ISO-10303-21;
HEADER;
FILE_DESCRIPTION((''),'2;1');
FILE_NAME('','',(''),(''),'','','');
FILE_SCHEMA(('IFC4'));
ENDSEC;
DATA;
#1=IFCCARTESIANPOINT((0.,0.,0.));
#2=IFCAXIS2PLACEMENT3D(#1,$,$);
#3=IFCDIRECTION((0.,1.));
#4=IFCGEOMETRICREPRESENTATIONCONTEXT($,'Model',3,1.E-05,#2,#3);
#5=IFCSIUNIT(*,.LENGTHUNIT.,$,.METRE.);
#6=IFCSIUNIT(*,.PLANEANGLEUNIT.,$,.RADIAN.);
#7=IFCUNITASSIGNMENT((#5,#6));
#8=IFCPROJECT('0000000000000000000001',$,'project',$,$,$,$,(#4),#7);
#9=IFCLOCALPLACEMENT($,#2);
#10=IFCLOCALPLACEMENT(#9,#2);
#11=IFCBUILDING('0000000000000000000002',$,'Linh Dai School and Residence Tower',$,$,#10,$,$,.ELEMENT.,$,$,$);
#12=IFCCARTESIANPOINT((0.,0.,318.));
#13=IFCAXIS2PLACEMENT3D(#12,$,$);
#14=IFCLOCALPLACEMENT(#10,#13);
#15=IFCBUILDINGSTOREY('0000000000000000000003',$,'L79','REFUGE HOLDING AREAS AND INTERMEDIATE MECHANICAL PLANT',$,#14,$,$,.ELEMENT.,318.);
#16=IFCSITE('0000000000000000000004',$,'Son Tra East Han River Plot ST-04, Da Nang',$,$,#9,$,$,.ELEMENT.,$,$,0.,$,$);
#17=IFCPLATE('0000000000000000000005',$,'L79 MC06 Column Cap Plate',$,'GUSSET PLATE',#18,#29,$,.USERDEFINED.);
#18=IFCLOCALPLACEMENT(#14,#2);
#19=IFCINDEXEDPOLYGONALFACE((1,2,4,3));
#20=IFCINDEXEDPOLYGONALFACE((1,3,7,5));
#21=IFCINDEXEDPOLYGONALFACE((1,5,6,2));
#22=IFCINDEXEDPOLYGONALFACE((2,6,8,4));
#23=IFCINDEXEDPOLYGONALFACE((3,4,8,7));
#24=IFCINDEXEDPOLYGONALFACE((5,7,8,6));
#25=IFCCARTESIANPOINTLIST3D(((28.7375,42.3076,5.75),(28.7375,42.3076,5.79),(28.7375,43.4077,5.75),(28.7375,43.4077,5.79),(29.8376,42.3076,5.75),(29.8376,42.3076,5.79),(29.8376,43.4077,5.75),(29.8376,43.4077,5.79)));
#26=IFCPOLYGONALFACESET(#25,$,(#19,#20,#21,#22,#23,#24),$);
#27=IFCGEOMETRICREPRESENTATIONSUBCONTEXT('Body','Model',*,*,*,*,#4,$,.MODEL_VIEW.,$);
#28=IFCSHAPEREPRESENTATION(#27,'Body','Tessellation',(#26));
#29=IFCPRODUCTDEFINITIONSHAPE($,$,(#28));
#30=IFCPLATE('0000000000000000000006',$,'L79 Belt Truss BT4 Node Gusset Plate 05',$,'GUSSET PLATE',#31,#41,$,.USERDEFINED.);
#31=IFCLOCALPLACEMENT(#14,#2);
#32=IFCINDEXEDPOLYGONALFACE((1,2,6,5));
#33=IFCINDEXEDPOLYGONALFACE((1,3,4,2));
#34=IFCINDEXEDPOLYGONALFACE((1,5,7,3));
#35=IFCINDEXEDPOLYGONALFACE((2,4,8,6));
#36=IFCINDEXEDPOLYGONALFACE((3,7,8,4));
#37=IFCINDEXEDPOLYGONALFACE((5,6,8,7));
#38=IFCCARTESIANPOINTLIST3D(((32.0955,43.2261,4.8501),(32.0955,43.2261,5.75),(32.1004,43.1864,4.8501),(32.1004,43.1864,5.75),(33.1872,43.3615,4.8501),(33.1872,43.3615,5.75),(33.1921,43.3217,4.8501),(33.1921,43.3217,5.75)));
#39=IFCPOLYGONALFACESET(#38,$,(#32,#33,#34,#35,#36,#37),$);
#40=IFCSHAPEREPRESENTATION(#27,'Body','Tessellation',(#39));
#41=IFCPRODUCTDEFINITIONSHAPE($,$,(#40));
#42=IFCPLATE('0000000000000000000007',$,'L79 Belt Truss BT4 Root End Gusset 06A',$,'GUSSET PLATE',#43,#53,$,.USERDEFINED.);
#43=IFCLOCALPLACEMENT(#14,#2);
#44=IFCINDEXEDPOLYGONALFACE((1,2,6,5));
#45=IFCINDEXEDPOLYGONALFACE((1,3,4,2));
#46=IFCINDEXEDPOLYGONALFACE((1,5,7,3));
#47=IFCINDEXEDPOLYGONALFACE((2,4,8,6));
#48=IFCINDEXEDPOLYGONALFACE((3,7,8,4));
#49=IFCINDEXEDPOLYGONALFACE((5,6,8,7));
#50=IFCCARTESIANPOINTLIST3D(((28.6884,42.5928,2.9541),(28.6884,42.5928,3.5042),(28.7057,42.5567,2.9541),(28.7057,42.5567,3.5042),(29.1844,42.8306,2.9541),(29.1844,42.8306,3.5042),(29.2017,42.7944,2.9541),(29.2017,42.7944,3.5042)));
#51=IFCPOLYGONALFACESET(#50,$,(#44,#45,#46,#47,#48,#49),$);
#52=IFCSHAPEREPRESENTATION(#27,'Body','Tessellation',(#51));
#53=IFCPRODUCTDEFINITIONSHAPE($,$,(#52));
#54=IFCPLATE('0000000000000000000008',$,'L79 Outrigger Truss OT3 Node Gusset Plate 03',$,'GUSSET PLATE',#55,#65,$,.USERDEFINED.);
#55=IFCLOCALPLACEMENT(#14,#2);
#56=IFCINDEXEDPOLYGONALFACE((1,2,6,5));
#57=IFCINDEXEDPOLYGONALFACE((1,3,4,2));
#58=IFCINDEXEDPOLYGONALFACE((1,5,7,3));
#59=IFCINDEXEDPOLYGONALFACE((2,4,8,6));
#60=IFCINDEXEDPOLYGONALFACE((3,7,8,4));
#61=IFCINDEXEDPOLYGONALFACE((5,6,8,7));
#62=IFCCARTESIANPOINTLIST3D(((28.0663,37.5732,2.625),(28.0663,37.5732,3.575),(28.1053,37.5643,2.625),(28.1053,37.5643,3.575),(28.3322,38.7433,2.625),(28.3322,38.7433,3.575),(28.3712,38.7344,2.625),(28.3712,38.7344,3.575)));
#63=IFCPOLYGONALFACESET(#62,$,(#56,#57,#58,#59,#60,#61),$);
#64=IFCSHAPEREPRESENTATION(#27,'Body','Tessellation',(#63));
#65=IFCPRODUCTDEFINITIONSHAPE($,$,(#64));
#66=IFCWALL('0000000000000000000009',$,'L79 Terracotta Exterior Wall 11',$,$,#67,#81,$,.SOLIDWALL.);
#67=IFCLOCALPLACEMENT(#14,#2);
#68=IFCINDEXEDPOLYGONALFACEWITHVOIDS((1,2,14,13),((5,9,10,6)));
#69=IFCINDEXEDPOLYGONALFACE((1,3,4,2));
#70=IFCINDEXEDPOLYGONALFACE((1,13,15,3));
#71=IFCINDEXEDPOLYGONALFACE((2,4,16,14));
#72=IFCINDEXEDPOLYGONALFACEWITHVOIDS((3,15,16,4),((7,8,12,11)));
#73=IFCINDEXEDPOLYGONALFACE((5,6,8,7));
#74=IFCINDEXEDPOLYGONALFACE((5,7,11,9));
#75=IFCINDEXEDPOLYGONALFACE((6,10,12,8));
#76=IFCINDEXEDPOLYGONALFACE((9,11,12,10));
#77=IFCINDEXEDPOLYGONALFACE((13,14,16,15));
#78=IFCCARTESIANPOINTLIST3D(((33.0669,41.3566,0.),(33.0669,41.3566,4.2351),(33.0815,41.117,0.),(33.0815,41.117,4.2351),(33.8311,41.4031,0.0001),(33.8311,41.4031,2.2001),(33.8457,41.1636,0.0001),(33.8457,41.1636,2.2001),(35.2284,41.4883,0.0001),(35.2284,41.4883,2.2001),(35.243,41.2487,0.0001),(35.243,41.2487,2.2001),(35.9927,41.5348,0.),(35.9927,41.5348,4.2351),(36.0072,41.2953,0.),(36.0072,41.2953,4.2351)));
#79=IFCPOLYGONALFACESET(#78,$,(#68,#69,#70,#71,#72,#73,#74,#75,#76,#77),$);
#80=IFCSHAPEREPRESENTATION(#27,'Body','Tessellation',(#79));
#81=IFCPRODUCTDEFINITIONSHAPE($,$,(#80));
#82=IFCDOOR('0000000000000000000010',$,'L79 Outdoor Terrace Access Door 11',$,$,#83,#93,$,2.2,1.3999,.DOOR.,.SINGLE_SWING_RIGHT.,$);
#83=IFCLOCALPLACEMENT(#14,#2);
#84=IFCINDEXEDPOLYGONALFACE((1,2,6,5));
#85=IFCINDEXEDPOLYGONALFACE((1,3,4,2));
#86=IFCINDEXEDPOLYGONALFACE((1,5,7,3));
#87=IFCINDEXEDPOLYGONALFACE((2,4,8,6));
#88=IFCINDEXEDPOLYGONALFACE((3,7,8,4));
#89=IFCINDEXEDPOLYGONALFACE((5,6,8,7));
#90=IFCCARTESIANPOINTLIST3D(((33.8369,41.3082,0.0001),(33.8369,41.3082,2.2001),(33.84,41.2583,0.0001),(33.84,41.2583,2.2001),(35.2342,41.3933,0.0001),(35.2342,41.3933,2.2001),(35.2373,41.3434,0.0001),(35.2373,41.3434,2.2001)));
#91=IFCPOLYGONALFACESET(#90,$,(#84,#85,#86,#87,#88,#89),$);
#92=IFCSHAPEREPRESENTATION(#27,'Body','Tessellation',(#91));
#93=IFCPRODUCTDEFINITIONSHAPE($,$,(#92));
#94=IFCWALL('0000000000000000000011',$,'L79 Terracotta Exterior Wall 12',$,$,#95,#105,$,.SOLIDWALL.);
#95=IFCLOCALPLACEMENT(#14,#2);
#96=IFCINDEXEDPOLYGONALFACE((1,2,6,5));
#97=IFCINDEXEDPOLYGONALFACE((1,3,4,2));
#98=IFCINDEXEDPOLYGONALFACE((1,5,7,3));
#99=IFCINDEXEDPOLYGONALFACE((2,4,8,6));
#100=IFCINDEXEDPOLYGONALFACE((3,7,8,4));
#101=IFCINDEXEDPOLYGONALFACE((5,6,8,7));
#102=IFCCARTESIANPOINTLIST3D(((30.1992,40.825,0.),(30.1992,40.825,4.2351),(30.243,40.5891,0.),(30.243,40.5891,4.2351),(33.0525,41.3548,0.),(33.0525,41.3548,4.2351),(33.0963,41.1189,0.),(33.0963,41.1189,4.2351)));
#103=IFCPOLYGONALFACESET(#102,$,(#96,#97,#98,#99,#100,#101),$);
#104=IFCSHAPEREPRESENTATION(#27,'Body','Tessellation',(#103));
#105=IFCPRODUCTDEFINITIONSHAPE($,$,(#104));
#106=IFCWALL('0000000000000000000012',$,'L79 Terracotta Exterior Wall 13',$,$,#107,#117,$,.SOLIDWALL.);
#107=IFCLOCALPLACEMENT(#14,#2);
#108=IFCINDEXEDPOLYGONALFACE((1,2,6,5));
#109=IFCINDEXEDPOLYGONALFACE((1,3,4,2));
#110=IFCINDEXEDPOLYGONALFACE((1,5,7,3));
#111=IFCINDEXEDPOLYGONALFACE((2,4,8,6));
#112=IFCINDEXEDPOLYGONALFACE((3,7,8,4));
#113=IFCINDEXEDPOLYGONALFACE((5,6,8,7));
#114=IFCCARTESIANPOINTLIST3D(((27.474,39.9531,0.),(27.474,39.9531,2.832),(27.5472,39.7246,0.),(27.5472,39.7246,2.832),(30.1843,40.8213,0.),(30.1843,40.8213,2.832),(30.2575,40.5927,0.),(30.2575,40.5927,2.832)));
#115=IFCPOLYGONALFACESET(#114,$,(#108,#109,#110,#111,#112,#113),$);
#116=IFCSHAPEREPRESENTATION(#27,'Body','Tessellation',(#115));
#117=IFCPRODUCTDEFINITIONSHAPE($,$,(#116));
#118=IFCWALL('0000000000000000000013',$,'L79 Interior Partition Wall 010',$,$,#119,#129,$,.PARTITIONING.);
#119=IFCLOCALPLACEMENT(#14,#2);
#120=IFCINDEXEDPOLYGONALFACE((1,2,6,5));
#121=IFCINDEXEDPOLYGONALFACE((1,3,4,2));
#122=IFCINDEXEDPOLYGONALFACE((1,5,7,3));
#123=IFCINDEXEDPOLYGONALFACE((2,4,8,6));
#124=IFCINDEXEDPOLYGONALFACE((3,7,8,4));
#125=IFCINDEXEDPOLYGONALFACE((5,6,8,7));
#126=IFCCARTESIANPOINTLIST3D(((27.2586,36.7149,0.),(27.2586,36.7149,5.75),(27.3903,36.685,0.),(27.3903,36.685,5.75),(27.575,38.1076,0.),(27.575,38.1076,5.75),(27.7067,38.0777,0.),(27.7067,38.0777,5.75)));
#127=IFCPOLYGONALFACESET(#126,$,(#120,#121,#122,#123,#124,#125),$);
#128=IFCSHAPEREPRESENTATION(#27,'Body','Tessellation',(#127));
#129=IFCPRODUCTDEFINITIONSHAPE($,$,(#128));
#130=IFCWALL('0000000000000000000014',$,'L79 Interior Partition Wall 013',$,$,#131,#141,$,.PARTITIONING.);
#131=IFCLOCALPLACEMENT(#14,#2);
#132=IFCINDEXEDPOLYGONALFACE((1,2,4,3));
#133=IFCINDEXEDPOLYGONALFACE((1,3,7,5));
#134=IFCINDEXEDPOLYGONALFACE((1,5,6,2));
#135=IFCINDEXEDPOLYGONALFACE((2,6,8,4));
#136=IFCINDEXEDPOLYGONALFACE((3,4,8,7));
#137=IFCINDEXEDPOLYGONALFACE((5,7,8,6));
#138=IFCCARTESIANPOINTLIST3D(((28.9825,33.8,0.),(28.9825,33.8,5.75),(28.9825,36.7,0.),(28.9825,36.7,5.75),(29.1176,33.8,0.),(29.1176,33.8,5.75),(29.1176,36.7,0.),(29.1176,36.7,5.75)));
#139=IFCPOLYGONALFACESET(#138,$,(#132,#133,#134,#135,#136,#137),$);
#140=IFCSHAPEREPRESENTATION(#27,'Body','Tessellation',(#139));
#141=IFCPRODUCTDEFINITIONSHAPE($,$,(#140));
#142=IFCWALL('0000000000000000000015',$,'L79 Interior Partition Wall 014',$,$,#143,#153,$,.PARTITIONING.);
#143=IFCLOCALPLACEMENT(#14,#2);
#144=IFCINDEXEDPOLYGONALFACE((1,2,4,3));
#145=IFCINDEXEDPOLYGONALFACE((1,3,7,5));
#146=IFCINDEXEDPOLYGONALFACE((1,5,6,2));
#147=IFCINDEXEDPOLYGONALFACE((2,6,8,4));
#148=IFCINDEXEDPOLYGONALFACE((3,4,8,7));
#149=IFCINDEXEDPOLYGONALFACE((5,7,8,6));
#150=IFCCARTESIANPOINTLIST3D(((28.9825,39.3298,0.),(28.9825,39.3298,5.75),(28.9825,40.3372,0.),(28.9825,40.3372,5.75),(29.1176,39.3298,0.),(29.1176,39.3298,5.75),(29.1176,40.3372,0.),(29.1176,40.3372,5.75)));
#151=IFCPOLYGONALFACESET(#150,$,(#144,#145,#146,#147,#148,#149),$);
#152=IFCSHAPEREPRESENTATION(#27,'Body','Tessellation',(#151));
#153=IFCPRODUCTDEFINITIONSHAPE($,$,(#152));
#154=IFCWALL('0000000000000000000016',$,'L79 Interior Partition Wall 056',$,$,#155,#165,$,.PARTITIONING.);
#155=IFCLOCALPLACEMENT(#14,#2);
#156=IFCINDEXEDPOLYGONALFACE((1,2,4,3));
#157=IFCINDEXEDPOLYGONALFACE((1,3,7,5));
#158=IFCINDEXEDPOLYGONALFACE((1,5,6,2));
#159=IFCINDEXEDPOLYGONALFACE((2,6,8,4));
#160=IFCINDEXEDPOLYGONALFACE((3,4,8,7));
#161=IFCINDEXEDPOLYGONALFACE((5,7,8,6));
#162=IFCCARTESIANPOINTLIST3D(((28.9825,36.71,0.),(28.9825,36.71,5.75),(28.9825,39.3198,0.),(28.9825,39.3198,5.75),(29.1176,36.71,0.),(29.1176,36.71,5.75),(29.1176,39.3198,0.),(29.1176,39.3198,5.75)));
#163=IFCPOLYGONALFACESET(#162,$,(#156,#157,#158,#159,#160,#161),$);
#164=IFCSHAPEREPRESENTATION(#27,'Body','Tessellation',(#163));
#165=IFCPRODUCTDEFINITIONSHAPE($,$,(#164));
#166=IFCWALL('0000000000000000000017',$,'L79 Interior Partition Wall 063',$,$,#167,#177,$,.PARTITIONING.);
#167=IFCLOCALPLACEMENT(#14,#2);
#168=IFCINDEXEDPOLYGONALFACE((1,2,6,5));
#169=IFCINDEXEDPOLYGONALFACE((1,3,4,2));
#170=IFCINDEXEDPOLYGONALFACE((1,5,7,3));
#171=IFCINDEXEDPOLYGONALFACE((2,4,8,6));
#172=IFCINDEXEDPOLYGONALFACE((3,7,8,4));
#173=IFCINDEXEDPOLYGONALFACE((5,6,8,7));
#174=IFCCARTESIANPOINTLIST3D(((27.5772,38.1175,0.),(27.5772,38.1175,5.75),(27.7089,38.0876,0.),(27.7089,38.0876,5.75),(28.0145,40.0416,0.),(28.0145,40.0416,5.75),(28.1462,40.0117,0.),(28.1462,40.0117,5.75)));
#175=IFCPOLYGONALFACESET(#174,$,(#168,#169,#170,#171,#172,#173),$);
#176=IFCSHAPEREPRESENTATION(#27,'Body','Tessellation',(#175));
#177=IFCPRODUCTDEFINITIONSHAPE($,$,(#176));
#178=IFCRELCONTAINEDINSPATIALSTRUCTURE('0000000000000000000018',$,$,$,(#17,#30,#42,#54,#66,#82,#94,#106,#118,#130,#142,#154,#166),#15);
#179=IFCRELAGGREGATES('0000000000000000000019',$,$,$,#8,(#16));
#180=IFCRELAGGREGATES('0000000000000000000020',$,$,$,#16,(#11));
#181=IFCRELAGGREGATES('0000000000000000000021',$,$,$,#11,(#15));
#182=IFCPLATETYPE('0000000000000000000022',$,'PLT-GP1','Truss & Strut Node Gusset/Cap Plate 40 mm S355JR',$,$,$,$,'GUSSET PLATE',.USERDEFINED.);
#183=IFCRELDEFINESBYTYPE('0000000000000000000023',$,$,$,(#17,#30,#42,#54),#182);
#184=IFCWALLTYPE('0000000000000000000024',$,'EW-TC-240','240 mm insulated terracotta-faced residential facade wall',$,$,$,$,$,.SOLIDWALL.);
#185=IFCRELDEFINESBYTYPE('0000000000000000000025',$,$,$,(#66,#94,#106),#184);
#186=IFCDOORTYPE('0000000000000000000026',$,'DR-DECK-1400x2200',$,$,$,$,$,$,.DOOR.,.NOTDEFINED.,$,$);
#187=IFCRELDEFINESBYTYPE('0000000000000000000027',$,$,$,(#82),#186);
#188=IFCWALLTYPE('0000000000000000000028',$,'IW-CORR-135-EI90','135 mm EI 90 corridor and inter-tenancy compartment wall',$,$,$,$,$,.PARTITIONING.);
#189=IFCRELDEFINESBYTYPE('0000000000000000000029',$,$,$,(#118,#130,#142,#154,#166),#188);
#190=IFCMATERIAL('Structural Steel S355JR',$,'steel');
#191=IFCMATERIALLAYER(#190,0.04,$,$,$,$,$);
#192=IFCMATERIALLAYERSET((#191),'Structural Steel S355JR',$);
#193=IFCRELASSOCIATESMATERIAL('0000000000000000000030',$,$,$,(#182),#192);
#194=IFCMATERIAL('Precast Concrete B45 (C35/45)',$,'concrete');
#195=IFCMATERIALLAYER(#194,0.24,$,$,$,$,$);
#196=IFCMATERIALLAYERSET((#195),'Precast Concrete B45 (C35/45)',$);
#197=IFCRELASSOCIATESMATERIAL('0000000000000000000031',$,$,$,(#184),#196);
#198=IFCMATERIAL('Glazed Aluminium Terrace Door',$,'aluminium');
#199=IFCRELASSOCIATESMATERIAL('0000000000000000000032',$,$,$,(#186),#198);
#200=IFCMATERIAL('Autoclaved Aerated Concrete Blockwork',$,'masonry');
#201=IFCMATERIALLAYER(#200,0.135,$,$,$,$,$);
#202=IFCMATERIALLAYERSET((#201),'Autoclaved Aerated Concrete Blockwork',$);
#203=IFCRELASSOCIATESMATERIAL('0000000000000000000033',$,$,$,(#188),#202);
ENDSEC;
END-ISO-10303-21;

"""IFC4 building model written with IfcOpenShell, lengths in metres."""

from ifc_helpers import new_model, si_unit, direction, frame, frame_2d, origin, origin_2d, place, context, subcontext, project, spatial, rectangle, extrude, source, transform, mapped, material, layer, layer_set, type_object, element, fill, save


model = new_model("IFC4")

# Units and contexts
model_context = context("Model", 3, precision=1e-05, world=origin(), true_north=direction((0.0, 1.0)))
body_context = subcontext(model_context, "Body", "Model", "MODEL_VIEW")
ifc_project = project(units=[si_unit("LENGTHUNIT", "METRE"), si_unit("PLANEANGLEUNIT", "RADIAN")], contexts=[model_context])

# Site, building, storey
site_placement = place(None, origin())
site = spatial("IfcSite", under=ifc_project, at=site_placement, Name="Son Tra East Han River Plot ST-04, Da Nang", CompositionType="ELEMENT", RefElevation=0.0)
building_placement = place(site_placement, origin())
building = spatial("IfcBuilding", under=site, at=building_placement, Name="Linh Dai School and Residence Tower", CompositionType="ELEMENT")
storey_placement = place(building_placement, frame((0.0, 0.0, 318.0)))
storey = spatial("IfcBuildingStorey", under=building, at=storey_placement, Name="L79", Description="REFUGE HOLDING AREAS AND INTERMEDIATE MECHANICAL PLANT", CompositionType="ELEMENT", Elevation=318.0)

# Shared definitions
ifc_material_1 = material(Name="Structural Steel S355JR", Category="steel")

# Plates
ifc_layer_1 = layer(ifc_material_1, 0.04)
ifc_layer_set_1 = layer_set([ifc_layer_1], Name="Structural Steel S355JR")
plate_type = type_object("IfcPlateType", Name="PLT-GP1", Description="Truss & Strut Node Gusset/Cap Plate 40 mm S355JR", ElementType="GUSSET PLATE", PredefinedType="USERDEFINED", material=ifc_layer_set_1)
shared_shape_1 = source(origin(), body_context, "Body", "SweptSolid", [
    extrude(rectangle(XDim=1.1001, YDim=1.1001, at=origin_2d()), origin(), (0.0, 0.0, 1.0), 0.04),
])
plate_1_placement = place(storey_placement, frame((29.2876, 42.8577, 5.75), z_axis=(0.0, 0.0, 1.0), x_axis=(1.0, 0.0, 0.0)))
element("IfcPlate", 1, at=plate_1_placement, inside=storey, type_object=plate_type, Name="L79 MC06 Column Cap Plate", ObjectType="GUSSET PLATE", PredefinedType="USERDEFINED", context=body_context, shape_type="MappedRepresentation", body=[
    mapped(shared_shape_1, transform((0.0, 0.0, 0.0), x_axis=(1.0, 0.0, 0.0), y_axis=(0.0, 1.0, 0.0), z_axis=(0.0, 0.0, 1.0), scale=1.0)),
])
shared_shape_2 = source(origin(), body_context, "Body", "SweptSolid", [
    extrude(rectangle(XDim=1.1001, YDim=0.04, at=origin_2d()), origin(), (0.0, 0.0, 1.0), 0.8999),
])
plate_2_placement = place(storey_placement, frame((32.6438, 43.2739, 4.8501), z_axis=(0.0, 0.0, 1.0), x_axis=(-0.992402, -0.123041, 0.0)))
element("IfcPlate", 2, at=plate_2_placement, inside=storey, type_object=plate_type, Name="L79 Belt Truss BT4 Node Gusset Plate 05", ObjectType="GUSSET PLATE", PredefinedType="USERDEFINED", context=body_context, shape_type="MappedRepresentation", body=[
    mapped(shared_shape_2, transform((0.0, 0.0, 0.0), x_axis=(1.0, 0.0, 0.0), y_axis=(0.0, 1.0, 0.0), z_axis=(0.0, 0.0, 1.0), scale=1.0)),
])
shared_shape_3 = source(origin(), body_context, "Body", "SweptSolid", [
    extrude(rectangle(XDim=0.55, YDim=0.04, at=origin_2d()), origin(), (0.0, 0.0, 1.0), 0.55),
])
plate_3_placement = place(storey_placement, frame((28.9451, 42.6936, 2.9541), z_axis=(0.0, 0.0, 1.0), x_axis=(-0.901726, -0.432308, 0.0)))
element("IfcPlate", 3, at=plate_3_placement, inside=storey, type_object=plate_type, Name="L79 Belt Truss BT4 Root End Gusset 06A", ObjectType="GUSSET PLATE", PredefinedType="USERDEFINED", context=body_context, shape_type="MappedRepresentation", body=[
    mapped(shared_shape_3, transform((0.0, 0.0, 0.0), x_axis=(1.0, 0.0, 0.0), y_axis=(0.0, 1.0, 0.0), z_axis=(0.0, 0.0, 1.0), scale=1.0)),
])
shared_shape_4 = source(origin(), body_context, "Body", "SweptSolid", [
    extrude(rectangle(XDim=1.2, YDim=0.04, at=origin_2d()), origin(), (0.0, 0.0, 1.0), 0.95),
])
plate_4_placement = place(storey_placement, frame((28.2188, 38.1538, 2.625), z_axis=(0.0, 0.0, 1.0), x_axis=(0.221569, 0.975145, 0.0)))
element("IfcPlate", 4, at=plate_4_placement, inside=storey, type_object=plate_type, Name="L79 Outrigger Truss OT3 Node Gusset Plate 03", ObjectType="GUSSET PLATE", PredefinedType="USERDEFINED", context=body_context, shape_type="MappedRepresentation", body=[
    mapped(shared_shape_4, transform((0.0, 0.0, 0.0), x_axis=(1.0, 0.0, 0.0), y_axis=(0.0, 1.0, 0.0), z_axis=(0.0, 0.0, 1.0), scale=1.0)),
])

# Wall, opening, door
ifc_material_2 = material(Name="Precast Concrete B45 (C35/45)", Category="concrete")
ifc_layer_2 = layer(ifc_material_2, 0.24)
ifc_layer_set_2 = layer_set([ifc_layer_2], Name="Precast Concrete B45 (C35/45)")
wall_type_1 = type_object("IfcWallType", Name="EW-TC-240", Description="240 mm insulated terracotta-faced residential facade wall", PredefinedType="SOLIDWALL", material=ifc_layer_set_2)
wall_1_placement = place(storey_placement, frame((33.0742, 41.2368, 0.0), z_axis=(0.0, 0.0, 1.0), x_axis=(0.99815, 0.060802, 0.0)))
wall_1 = element("IfcWall", 5, at=wall_1_placement, inside=storey, type_object=wall_type_1, Name="L79 Terracotta Exterior Wall 11", PredefinedType="SOLIDWALL", context=body_context, shape_type="SweptSolid", body=[
    extrude(rectangle(XDim=2.9312, YDim=0.24, at=frame_2d((1.4656, 0.0))), origin(), (0.0, 0.0, 1.0), 4.2351),
])
opening_1_placement = place(wall_1_placement, frame((0.7656, 0.0, 0.0)))
opening_1 = element("IfcOpeningElement", 6, at=opening_1_placement, cuts=wall_1, PredefinedType="OPENING", context=body_context, shape_type="SweptSolid", body=[
    extrude(rectangle(XDim=1.3999, YDim=2.2, at=origin_2d()), frame((0.7, 0.1299, 1.1001), z_axis=(0.0, -1.0, 0.0), x_axis=(1.0, 0.0, 0.0)), (0.0, 0.0, 1.0), 0.26),
])
ifc_material_3 = material(Name="Glazed Aluminium Terrace Door", Category="aluminium")
door_type_1 = type_object("IfcDoorType", Name="DR-DECK-1400x2200", OperationType="NOTDEFINED", PredefinedType="DOOR", material=ifc_material_3)
shared_shape_5 = source(origin(), body_context, "Body", "SweptSolid", [
    extrude(rectangle(XDim=1.3999, YDim=2.2, at=origin_2d()), frame((0.7, 0.0249, 1.1001), z_axis=(0.0, -1.0, 0.0), x_axis=(1.0, 0.0, 0.0)), (0.0, 0.0, 1.0), 0.05),
])
door_1_placement = place(opening_1_placement, origin())
door_1 = element("IfcDoor", 7, at=door_1_placement, inside=storey, type_object=door_type_1, Name="L79 Outdoor Terrace Access Door 11", OperationType="SINGLE_SWING_RIGHT", OverallHeight=2.2, OverallWidth=1.3999, PredefinedType="DOOR", context=body_context, shape_type="MappedRepresentation", body=[
    mapped(shared_shape_5, transform((0.0, 0.0, 0.0), x_axis=(1.0, 0.0, 0.0), y_axis=(0.0, 1.0, 0.0), z_axis=(0.0, 0.0, 1.0), scale=1.0)),
])
fill(opening_1, door_1)

# Walls
wall_2_placement = place(storey_placement, frame((30.2209, 40.707, 0.0), z_axis=(0.0, 0.0, 1.0), x_axis=(0.983195, 0.182556, 0.0)))
element("IfcWall", 8, at=wall_2_placement, inside=storey, type_object=wall_type_1, Name="L79 Terracotta Exterior Wall 12", PredefinedType="SOLIDWALL", context=body_context, shape_type="SweptSolid", body=[
    extrude(rectangle(XDim=2.9021, YDim=0.24, at=frame_2d((1.4512, 0.0))), origin(), (0.0, 0.0, 1.0), 4.2351),
])
wall_3_placement = place(storey_placement, frame((27.5107, 39.8389, 0.0), z_axis=(0.0, 0.0, 1.0), x_axis=(0.952332, 0.305062, 0.0)))
element("IfcWall", 9, at=wall_3_placement, inside=storey, type_object=wall_type_1, Name="L79 Terracotta Exterior Wall 13", PredefinedType="SOLIDWALL", context=body_context, shape_type="SweptSolid", body=[
    extrude(rectangle(XDim=2.8459, YDim=0.24, at=frame_2d((1.4229, 0.0))), origin(), (0.0, 0.0, 1.0), 2.832),
])
ifc_material_4 = material(Name="Autoclaved Aerated Concrete Blockwork", Category="masonry")
ifc_layer_3 = layer(ifc_material_4, 0.135)
ifc_layer_set_3 = layer_set([ifc_layer_3], Name="Autoclaved Aerated Concrete Blockwork")
wall_type_2 = type_object("IfcWallType", Name="IW-CORR-135-EI90", Description="135 mm EI 90 corridor and inter-tenancy compartment wall", PredefinedType="PARTITIONING", material=ifc_layer_set_3)
wall_4_placement = place(storey_placement, frame((27.3245, 36.7, 0.0), z_axis=(0.0, 0.0, 1.0), x_axis=(0.221525, 0.975155, 0.0)))
element("IfcWall", 10, at=wall_4_placement, inside=storey, type_object=wall_type_2, Name="L79 Interior Partition Wall 010", PredefinedType="PARTITIONING", context=body_context, shape_type="SweptSolid", body=[
    extrude(rectangle(XDim=1.4282, YDim=0.135, at=frame_2d((0.7141, 0.0))), origin(), (0.0, 0.0, 1.0), 5.75),
])
wall_5_placement = place(storey_placement, frame((29.05, 33.8, 0.0), z_axis=(0.0, 0.0, 1.0), x_axis=(0.0, 1.0, 0.0)))
element("IfcWall", 11, at=wall_5_placement, inside=storey, type_object=wall_type_2, Name="L79 Interior Partition Wall 013", PredefinedType="PARTITIONING", context=body_context, shape_type="SweptSolid", body=[
    extrude(rectangle(XDim=2.8999, YDim=0.135, at=frame_2d((1.45, 0.0))), origin(), (0.0, 0.0, 1.0), 5.75),
])
wall_6_placement = place(storey_placement, frame((29.05, 39.3298, 0.0), z_axis=(0.0, 0.0, 1.0), x_axis=(0.0, 1.0, 0.0)))
element("IfcWall", 12, at=wall_6_placement, inside=storey, type_object=wall_type_2, Name="L79 Interior Partition Wall 014", PredefinedType="PARTITIONING", context=body_context, shape_type="SweptSolid", body=[
    extrude(rectangle(XDim=1.0073, YDim=0.135, at=frame_2d((0.5037, 0.0))), origin(), (0.0, 0.0, 1.0), 5.75),
])
wall_7_placement = place(storey_placement, frame((29.05, 36.71, 0.0), z_axis=(0.0, 0.0, 1.0), x_axis=(0.0, 1.0, 0.0)))
element("IfcWall", 13, at=wall_7_placement, inside=storey, type_object=wall_type_2, Name="L79 Interior Partition Wall 056", PredefinedType="PARTITIONING", context=body_context, shape_type="SweptSolid", body=[
    extrude(rectangle(XDim=2.6099, YDim=0.135, at=frame_2d((1.3049, 0.0))), origin(), (0.0, 0.0, 1.0), 5.75),
])
wall_8_placement = place(storey_placement, frame((27.6431, 38.1025, 0.0), z_axis=(0.0, 0.0, 1.0), x_axis=(0.221605, 0.975137, 0.0)))
element("IfcWall", 14, at=wall_8_placement, inside=storey, type_object=wall_type_2, Name="L79 Interior Partition Wall 063", PredefinedType="PARTITIONING", context=body_context, shape_type="SweptSolid", body=[
    extrude(rectangle(XDim=1.9731, YDim=0.135, at=frame_2d((0.9866, 0.0))), origin(), (0.0, 0.0, 1.0), 5.75),
])

save(model, "model.ifc")
